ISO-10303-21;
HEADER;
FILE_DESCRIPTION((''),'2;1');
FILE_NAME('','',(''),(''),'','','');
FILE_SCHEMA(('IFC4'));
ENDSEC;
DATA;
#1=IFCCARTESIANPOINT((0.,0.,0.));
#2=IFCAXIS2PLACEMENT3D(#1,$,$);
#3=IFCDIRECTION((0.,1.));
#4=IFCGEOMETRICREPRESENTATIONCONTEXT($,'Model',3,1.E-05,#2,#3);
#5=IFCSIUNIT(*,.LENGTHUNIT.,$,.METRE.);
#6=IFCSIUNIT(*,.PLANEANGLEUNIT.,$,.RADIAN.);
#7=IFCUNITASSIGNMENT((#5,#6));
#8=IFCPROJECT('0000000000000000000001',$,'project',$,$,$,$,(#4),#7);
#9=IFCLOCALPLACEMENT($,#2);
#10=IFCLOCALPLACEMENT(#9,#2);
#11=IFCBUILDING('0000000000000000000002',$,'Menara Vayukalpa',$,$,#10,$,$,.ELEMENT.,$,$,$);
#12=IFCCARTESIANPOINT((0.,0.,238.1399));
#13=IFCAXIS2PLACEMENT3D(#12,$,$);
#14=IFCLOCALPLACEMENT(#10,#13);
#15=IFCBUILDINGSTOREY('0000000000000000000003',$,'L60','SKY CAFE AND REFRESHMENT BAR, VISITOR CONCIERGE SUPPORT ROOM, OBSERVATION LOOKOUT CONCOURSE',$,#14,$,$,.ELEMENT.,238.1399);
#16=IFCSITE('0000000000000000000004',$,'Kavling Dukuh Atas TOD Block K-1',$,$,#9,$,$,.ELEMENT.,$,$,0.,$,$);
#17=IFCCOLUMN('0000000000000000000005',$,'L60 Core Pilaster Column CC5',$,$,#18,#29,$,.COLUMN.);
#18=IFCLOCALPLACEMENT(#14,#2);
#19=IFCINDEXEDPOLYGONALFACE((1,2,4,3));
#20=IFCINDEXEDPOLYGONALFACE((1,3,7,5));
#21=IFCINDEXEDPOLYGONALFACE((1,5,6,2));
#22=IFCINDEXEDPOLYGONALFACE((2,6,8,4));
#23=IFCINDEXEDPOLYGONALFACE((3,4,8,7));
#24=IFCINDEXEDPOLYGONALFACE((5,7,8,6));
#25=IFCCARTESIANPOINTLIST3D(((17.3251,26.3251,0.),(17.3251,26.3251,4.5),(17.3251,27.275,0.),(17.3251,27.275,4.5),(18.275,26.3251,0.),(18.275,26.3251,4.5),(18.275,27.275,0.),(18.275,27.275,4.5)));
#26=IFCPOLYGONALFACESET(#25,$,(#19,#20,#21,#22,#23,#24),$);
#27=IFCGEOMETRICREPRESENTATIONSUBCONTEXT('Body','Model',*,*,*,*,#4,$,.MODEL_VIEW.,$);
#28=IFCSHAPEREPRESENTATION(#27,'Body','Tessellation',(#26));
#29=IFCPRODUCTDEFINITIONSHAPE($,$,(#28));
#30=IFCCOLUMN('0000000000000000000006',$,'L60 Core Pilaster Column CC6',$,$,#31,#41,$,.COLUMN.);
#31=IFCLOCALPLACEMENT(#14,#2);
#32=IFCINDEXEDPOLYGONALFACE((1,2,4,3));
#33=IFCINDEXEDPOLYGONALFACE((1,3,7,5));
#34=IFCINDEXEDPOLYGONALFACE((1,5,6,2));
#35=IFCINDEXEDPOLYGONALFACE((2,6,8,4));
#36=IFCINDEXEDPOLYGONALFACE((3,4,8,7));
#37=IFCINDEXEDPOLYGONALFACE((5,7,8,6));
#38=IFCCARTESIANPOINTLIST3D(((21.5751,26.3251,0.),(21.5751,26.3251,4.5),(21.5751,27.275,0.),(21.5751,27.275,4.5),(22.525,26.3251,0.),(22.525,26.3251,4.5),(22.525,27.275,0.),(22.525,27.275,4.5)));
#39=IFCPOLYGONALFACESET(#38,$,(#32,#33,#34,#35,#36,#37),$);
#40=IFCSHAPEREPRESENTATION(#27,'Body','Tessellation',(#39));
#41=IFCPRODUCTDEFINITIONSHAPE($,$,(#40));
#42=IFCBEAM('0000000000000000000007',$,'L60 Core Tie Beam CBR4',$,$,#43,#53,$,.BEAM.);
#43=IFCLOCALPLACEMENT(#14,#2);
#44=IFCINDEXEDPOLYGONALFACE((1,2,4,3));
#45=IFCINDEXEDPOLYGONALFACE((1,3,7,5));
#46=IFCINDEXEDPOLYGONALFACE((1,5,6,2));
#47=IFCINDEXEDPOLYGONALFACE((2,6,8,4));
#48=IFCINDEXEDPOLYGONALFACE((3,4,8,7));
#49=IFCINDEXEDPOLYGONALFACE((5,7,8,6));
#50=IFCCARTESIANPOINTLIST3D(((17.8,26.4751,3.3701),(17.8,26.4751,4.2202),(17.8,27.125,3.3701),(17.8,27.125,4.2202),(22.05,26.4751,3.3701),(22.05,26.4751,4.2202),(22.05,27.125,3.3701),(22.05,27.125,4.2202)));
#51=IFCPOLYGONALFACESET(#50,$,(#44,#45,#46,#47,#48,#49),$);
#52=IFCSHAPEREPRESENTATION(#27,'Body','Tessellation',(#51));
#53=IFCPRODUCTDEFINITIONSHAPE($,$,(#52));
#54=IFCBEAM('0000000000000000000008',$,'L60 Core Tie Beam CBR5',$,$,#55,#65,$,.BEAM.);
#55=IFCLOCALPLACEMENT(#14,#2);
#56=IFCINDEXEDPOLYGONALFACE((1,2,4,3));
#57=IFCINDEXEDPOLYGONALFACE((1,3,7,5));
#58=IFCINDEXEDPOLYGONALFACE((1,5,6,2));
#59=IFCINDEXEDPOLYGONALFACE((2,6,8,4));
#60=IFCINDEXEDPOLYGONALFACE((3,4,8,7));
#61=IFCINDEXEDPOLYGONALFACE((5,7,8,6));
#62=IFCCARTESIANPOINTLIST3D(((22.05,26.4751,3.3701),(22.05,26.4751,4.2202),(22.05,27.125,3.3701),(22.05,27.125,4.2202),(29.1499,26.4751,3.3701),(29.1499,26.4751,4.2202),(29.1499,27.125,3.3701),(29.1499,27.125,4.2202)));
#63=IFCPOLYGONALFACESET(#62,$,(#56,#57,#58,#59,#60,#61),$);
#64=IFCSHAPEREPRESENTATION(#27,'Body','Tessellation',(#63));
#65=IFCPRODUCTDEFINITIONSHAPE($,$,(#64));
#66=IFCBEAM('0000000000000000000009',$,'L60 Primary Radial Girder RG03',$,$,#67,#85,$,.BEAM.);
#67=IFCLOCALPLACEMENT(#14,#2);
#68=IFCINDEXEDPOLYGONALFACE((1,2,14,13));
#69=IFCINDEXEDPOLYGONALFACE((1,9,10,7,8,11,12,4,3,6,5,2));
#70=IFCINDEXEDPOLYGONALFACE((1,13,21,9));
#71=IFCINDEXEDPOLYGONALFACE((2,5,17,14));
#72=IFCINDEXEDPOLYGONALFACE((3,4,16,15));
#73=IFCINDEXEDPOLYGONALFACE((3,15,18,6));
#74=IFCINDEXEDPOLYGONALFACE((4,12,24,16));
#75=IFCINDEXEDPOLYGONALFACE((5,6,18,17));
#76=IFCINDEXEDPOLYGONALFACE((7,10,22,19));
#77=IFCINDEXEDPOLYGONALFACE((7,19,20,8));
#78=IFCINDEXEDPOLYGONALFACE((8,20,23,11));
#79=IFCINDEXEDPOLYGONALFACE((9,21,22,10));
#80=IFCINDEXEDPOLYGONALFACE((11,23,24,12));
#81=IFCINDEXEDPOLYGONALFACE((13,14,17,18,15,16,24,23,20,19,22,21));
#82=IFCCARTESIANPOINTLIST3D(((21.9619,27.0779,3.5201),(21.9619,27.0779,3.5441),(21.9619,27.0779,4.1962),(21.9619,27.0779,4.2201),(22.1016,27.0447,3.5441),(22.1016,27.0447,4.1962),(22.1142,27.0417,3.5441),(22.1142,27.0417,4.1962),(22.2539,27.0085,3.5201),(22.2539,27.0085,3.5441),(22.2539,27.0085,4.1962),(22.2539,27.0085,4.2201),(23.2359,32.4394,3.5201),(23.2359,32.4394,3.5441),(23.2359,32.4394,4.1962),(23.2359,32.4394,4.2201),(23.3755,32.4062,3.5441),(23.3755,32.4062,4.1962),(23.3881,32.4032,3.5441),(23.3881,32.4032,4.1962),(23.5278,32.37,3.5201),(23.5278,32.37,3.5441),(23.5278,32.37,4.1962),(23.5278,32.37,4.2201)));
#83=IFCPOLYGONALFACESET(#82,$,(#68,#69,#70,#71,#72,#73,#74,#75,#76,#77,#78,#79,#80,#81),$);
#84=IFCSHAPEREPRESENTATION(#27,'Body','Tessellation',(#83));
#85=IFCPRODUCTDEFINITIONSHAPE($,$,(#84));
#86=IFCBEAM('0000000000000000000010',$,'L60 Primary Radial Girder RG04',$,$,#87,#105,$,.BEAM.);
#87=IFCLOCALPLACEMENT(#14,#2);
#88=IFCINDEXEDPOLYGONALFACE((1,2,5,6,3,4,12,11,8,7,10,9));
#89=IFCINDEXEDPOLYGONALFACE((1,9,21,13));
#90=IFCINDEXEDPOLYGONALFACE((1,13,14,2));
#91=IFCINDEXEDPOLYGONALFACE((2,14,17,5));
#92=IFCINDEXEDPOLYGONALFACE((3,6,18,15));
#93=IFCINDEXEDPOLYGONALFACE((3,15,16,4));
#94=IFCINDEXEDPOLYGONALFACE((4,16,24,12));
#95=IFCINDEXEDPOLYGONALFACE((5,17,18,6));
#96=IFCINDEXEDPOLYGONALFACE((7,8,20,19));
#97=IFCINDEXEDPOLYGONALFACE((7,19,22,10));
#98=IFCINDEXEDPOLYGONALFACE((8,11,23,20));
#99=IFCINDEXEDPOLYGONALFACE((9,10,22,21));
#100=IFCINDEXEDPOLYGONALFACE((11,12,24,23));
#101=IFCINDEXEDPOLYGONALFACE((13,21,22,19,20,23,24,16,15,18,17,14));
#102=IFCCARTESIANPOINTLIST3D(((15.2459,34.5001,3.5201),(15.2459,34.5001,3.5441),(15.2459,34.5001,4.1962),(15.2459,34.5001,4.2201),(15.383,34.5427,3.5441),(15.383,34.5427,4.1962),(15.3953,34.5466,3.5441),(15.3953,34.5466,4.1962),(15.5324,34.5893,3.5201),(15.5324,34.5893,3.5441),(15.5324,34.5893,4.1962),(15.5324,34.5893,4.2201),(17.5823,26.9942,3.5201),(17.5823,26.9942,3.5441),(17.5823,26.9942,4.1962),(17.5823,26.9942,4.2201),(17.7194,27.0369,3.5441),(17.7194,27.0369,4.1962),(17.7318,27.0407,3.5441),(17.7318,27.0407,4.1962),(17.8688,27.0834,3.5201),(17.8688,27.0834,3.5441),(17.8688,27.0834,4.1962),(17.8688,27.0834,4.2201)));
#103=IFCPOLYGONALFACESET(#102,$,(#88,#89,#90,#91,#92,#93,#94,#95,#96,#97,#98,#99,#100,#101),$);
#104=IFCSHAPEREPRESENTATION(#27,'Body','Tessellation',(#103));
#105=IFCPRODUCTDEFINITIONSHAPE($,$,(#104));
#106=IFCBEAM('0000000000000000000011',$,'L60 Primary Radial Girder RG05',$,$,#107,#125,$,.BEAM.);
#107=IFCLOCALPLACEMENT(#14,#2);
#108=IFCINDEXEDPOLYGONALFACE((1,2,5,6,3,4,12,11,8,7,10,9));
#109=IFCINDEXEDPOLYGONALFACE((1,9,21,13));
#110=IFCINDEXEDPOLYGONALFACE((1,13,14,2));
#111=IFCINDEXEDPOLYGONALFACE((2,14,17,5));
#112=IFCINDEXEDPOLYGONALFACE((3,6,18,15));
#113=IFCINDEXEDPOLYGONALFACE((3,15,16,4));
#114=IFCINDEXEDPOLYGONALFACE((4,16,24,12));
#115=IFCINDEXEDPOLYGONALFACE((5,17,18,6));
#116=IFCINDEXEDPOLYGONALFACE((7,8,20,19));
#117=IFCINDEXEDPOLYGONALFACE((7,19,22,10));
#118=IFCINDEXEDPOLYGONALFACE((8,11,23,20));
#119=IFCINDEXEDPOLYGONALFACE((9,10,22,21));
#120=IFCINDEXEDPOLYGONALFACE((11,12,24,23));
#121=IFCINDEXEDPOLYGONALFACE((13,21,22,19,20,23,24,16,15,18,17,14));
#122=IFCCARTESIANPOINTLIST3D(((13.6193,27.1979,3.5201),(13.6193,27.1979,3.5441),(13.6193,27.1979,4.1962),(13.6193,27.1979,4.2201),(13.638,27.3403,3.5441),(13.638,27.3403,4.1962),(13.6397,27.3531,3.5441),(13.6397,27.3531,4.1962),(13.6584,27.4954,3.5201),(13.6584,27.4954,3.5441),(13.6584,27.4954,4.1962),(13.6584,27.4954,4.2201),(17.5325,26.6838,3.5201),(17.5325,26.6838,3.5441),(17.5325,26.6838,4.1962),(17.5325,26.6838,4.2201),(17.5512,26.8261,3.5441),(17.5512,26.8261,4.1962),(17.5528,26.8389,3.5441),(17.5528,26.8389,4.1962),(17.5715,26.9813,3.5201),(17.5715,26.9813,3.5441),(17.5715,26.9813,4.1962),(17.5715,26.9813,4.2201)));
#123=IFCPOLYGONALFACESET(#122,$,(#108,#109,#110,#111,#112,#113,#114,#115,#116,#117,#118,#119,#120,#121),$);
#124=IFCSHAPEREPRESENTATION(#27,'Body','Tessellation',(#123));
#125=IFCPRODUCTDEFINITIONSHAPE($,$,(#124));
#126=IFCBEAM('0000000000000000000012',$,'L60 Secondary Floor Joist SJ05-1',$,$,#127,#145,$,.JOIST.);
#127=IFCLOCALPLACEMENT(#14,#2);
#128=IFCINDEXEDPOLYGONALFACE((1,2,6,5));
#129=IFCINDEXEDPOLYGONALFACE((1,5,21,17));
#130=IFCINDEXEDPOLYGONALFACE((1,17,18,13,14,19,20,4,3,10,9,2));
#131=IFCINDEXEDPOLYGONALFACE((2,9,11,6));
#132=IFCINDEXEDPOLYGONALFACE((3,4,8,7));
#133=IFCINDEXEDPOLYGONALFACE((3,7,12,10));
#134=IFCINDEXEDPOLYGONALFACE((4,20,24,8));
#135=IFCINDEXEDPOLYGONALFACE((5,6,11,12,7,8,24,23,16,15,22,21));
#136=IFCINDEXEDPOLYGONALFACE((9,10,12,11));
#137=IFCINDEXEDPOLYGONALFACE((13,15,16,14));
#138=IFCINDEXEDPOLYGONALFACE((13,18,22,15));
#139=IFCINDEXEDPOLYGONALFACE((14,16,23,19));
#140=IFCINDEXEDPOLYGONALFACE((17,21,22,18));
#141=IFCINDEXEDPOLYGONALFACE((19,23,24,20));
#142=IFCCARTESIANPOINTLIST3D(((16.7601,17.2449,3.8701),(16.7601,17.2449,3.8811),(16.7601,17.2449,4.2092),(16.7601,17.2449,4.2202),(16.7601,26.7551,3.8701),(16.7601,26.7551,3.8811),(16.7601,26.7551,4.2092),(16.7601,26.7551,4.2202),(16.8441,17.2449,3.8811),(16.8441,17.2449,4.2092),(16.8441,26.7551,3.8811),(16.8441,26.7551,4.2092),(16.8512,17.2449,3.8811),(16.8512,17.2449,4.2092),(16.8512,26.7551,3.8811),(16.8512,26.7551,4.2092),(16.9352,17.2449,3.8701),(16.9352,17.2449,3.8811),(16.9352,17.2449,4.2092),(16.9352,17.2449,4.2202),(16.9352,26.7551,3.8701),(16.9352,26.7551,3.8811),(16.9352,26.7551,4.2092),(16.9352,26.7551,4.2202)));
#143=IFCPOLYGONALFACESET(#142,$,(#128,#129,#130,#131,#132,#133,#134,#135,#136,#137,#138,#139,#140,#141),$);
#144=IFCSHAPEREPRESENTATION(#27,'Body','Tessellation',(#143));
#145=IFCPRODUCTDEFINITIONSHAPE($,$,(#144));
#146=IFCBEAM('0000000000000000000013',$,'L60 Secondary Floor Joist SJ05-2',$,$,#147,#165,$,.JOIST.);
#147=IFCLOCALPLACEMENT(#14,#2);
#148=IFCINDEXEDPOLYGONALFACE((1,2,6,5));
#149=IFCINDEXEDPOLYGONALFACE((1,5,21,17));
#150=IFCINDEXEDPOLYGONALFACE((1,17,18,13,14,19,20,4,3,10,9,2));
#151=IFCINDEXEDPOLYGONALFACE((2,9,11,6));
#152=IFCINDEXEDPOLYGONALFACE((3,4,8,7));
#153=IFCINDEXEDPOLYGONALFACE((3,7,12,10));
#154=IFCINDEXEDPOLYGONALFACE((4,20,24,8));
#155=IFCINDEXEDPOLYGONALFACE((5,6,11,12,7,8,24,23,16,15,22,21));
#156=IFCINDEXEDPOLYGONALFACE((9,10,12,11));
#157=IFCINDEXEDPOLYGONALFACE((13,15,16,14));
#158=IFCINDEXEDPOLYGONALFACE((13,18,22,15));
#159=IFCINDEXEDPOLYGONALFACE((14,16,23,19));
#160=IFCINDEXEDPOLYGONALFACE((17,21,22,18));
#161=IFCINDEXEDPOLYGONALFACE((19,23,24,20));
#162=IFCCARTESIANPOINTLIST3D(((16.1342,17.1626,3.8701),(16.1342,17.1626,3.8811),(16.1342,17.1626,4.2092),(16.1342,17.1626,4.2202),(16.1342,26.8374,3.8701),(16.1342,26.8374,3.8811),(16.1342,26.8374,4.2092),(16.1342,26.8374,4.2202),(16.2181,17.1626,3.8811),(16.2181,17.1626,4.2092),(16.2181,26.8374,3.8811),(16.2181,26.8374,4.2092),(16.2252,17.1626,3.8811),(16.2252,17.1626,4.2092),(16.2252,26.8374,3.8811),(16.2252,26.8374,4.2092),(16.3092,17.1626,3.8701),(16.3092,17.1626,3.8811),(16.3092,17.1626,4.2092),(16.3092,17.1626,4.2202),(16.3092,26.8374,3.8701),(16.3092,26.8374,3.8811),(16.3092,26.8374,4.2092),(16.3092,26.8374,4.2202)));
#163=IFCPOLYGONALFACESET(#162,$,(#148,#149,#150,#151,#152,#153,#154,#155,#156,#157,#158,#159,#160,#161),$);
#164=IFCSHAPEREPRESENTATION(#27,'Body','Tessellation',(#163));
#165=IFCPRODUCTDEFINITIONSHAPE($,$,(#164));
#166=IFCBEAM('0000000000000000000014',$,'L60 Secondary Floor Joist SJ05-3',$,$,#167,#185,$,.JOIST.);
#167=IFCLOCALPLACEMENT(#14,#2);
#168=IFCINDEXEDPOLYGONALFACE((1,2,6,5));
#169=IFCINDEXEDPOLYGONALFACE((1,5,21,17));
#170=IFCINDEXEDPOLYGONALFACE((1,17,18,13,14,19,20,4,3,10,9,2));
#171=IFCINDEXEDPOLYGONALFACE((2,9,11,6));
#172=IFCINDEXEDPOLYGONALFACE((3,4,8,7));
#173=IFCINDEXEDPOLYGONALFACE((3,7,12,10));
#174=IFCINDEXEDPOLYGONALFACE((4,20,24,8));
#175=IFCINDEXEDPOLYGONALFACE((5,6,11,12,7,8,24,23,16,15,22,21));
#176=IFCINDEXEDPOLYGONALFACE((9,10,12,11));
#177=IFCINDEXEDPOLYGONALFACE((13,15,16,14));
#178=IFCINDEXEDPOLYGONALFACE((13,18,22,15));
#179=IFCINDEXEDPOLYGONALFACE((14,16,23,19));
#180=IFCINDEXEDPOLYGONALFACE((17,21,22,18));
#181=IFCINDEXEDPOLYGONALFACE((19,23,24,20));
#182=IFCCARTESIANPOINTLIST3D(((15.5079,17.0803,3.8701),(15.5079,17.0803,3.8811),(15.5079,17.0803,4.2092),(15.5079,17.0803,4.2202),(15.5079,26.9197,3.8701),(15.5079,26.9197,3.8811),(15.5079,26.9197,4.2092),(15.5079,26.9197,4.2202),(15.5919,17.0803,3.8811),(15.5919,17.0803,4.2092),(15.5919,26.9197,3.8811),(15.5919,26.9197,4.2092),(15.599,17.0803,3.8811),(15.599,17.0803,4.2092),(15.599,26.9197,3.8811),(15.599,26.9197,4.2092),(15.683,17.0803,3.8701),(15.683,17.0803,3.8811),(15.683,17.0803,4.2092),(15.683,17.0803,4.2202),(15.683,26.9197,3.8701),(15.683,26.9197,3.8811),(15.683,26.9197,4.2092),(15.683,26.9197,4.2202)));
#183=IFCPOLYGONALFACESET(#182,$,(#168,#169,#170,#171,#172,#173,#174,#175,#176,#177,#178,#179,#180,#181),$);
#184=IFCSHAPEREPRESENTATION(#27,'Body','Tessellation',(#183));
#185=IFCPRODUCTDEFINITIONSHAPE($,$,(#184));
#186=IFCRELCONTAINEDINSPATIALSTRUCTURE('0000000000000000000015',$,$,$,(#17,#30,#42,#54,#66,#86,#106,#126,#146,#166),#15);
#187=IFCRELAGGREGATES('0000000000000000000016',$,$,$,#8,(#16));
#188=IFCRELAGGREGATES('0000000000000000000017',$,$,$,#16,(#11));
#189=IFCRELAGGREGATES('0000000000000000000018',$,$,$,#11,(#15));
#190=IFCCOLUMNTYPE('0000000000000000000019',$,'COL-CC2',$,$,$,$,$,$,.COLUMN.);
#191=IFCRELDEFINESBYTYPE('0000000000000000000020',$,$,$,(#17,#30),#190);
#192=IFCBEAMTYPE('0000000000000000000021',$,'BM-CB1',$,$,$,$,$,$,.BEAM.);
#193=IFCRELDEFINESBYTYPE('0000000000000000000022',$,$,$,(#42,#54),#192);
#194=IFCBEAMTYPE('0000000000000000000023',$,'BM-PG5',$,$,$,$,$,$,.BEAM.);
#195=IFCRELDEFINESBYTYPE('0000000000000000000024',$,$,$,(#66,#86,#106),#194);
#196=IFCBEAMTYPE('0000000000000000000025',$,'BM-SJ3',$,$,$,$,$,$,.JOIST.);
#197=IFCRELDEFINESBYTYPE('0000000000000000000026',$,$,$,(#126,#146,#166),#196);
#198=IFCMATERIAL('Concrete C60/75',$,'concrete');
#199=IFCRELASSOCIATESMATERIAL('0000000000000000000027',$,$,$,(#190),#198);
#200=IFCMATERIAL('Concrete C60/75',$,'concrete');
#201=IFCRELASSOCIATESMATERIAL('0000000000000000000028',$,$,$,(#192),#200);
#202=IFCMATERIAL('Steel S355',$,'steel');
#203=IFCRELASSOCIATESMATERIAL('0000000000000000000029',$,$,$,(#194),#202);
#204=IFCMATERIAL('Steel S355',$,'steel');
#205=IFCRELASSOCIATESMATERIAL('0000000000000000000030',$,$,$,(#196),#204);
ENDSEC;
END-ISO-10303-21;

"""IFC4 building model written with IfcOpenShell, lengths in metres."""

from ifc_helpers import new_model, si_unit, direction, frame, origin, origin_2d, place, context, subcontext, project, spatial, rectangle, i_section, extrude, material, material_profile, profile_set, type_object, element, save


model = new_model("IFC4")

# Units and contexts
model_context = context("Model", 3, precision=1e-05, world=origin(), true_north=direction((0.0, 1.0)))
body_context = subcontext(model_context, "Body", "Model", "MODEL_VIEW")
ifc_project = project(units=[si_unit("LENGTHUNIT", "METRE"), si_unit("PLANEANGLEUNIT", "RADIAN")], contexts=[model_context])

# Site, building, storey
site_placement = place(None, origin())
site = spatial("IfcSite", under=ifc_project, at=site_placement, Name="Kavling Dukuh Atas TOD Block K-1", CompositionType="ELEMENT", RefElevation=0.0)
building_placement = place(site_placement, origin())
building = spatial("IfcBuilding", under=site, at=building_placement, Name="Menara Vayukalpa", CompositionType="ELEMENT")
storey_placement = place(building_placement, frame((0.0, 0.0, 238.1399)))
storey = spatial("IfcBuildingStorey", under=building, at=storey_placement, Name="L60", Description="SKY CAFE AND REFRESHMENT BAR, VISITOR CONCIERGE SUPPORT ROOM, OBSERVATION LOOKOUT CONCOURSE", CompositionType="ELEMENT", Elevation=238.1399)

# Columns
ifc_material_1 = material(Name="Concrete C60/75", Category="concrete")
ifc_material_profile_1 = material_profile(ifc_material_1, rectangle(XDim=0.95, YDim=0.95, at=origin_2d()), Name="RC 950x950")
ifc_profile_set_1 = profile_set([ifc_material_profile_1], Name="Concrete C60/75")
column_type = type_object("IfcColumnType", Name="COL-CC2", PredefinedType="COLUMN", material=ifc_profile_set_1)
for number, where, z_axis, x_axis, name in (
    (1, (17.8, 26.8, 0.0), (0.0, 0.0, 1.0), (1.0, 0.0, 0.0), "L60 Core Pilaster Column CC5"),
    (2, (22.05, 26.8, 0.0), (0.0, 0.0, 1.0), (1.0, 0.0, 0.0), "L60 Core Pilaster Column CC6"),
):
    element("IfcColumn", number, at=place(storey_placement, frame(where, z_axis=z_axis, x_axis=x_axis)), inside=storey, type_object=column_type, Name=name, PredefinedType="COLUMN", context=body_context, shape_type="SweptSolid", body=[
        extrude(rectangle(XDim=0.95, YDim=0.95, at=origin_2d()), origin(), (0.0, 0.0, 1.0), 4.5),
    ])

# Beams
ifc_material_2 = material(Name="Concrete C60/75", Category="concrete")
ifc_material_profile_2 = material_profile(ifc_material_2, rectangle(XDim=0.6499, YDim=0.8501, at=origin_2d()), Name="RC 650x850")
ifc_profile_set_2 = profile_set([ifc_material_profile_2], Name="Concrete C60/75")
beam_type_1 = type_object("IfcBeamType", Name="BM-CB1", PredefinedType="BEAM", material=ifc_profile_set_2)
beam_1_placement = place(storey_placement, frame((17.8, 26.8, 3.7952), z_axis=(1.0, 0.0, 0.0), x_axis=(0.0, 1.0, 0.0)))
element("IfcBeam", 3, at=beam_1_placement, inside=storey, type_object=beam_type_1, Name="L60 Core Tie Beam CBR4", PredefinedType="BEAM", context=body_context, shape_type="SweptSolid", body=[
    extrude(rectangle(XDim=0.6499, YDim=0.8501, at=origin_2d()), origin(), (0.0, 0.0, 1.0), 4.25),
])
beam_2_placement = place(storey_placement, frame((22.05, 26.8, 3.7952), z_axis=(1.0, 0.0, 0.0), x_axis=(0.0, 1.0, 0.0)))
element("IfcBeam", 4, at=beam_2_placement, inside=storey, type_object=beam_type_1, Name="L60 Core Tie Beam CBR5", PredefinedType="BEAM", context=body_context, shape_type="SweptSolid", body=[
    extrude(rectangle(XDim=0.6499, YDim=0.8501, at=origin_2d()), origin(), (0.0, 0.0, 1.0), 7.0999),
])
ifc_material_3 = material(Name="Steel S355", Category="steel")
ifc_material_profile_3 = material_profile(ifc_material_3, i_section(OverallWidth=0.3, OverallDepth=0.7, WebThickness=0.0129, FlangeThickness=0.0239, at=origin_2d()), Name="WF 700x300x13x24")
ifc_profile_set_3 = profile_set([ifc_material_profile_3], Name="Steel S355")
beam_type_2 = type_object("IfcBeamType", Name="BM-PG5", PredefinedType="BEAM", material=ifc_profile_set_3)
beam_3_placement = place(storey_placement, frame((22.1079, 27.0432, 3.8701), z_axis=(0.231167, 0.972914, 0.0), x_axis=(-0.972914, 0.231167, 0.0)))
element("IfcBeam", 5, at=beam_3_placement, inside=storey, type_object=beam_type_2, Name="L60 Primary Radial Girder RG03", PredefinedType="BEAM", context=body_context, shape_type="SweptSolid", body=[
    extrude(i_section(OverallWidth=0.3, OverallDepth=0.7, WebThickness=0.0129, FlangeThickness=0.0239, at=origin_2d()), origin(), (0.0, 0.0, 1.0), 5.5107),
])
beam_4_placement = place(storey_placement, frame((17.7256, 27.0388, 3.8701), z_axis=(-0.297214, 0.954811, 0.0), x_axis=(-0.954811, -0.297214, 0.0)))
element("IfcBeam", 6, at=beam_4_placement, inside=storey, type_object=beam_type_2, Name="L60 Primary Radial Girder RG04", PredefinedType="BEAM", context=body_context, shape_type="SweptSolid", body=[
    extrude(i_section(OverallWidth=0.3, OverallDepth=0.7, WebThickness=0.0129, FlangeThickness=0.0239, at=origin_2d()), origin(), (0.0, 0.0, 1.0), 7.8611),
])
beam_5_placement = place(storey_placement, frame((17.552, 26.8325, 3.8701), z_axis=(-0.991478, 0.130275, 0.0), x_axis=(-0.130275, -0.991478, 0.0)))
element("IfcBeam", 7, at=beam_5_placement, inside=storey, type_object=beam_type_2, Name="L60 Primary Radial Girder RG05", PredefinedType="BEAM", context=body_context, shape_type="SweptSolid", body=[
    extrude(i_section(OverallWidth=0.3, OverallDepth=0.7, WebThickness=0.0129, FlangeThickness=0.0239, at=origin_2d()), origin(), (0.0, 0.0, 1.0), 3.9468),
])
ifc_material_4 = material(Name="Steel S355", Category="steel")
ifc_material_profile_4 = material_profile(ifc_material_4, i_section(OverallWidth=0.175, OverallDepth=0.3501, WebThickness=0.0071, FlangeThickness=0.011, at=origin_2d()), Name="WF 350x175x7x11")
ifc_profile_set_4 = profile_set([ifc_material_profile_4], Name="Steel S355")
beam_type_3 = type_object("IfcBeamType", Name="BM-SJ3", PredefinedType="JOIST", material=ifc_profile_set_4)
beam_6_placement = place(storey_placement, frame((16.8477, 26.7551, 4.0452), z_axis=(0.0, -1.0, 0.0), x_axis=(1.0, 0.0, 0.0)))
element("IfcBeam", 8, at=beam_6_placement, inside=storey, type_object=beam_type_3, Name="L60 Secondary Floor Joist SJ05-1", PredefinedType="JOIST", context=body_context, shape_type="SweptSolid", body=[
    extrude(i_section(OverallWidth=0.175, OverallDepth=0.3501, WebThickness=0.0071, FlangeThickness=0.011, at=origin_2d()), origin(), (0.0, 0.0, 1.0), 9.5103),
])
beam_7_placement = place(storey_placement, frame((16.2217, 26.8374, 4.0452), z_axis=(0.0, -1.0, 0.0), x_axis=(1.0, 0.0, 0.0)))
element("IfcBeam", 9, at=beam_7_placement, inside=storey, type_object=beam_type_3, Name="L60 Secondary Floor Joist SJ05-2", PredefinedType="JOIST", context=body_context, shape_type="SweptSolid", body=[
    extrude(i_section(OverallWidth=0.175, OverallDepth=0.3501, WebThickness=0.0071, FlangeThickness=0.011, at=origin_2d()), origin(), (0.0, 0.0, 1.0), 9.6748),
])
beam_8_placement = place(storey_placement, frame((15.5955, 26.9197, 4.0452), z_axis=(0.0, -1.0, 0.0), x_axis=(1.0, 0.0, 0.0)))
element("IfcBeam", 10, at=beam_8_placement, inside=storey, type_object=beam_type_3, Name="L60 Secondary Floor Joist SJ05-3", PredefinedType="JOIST", context=body_context, shape_type="SweptSolid", body=[
    extrude(i_section(OverallWidth=0.175, OverallDepth=0.3501, WebThickness=0.0071, FlangeThickness=0.011, at=origin_2d()), origin(), (0.0, 0.0, 1.0), 9.8394),
])

save(model, "model.ifc")
